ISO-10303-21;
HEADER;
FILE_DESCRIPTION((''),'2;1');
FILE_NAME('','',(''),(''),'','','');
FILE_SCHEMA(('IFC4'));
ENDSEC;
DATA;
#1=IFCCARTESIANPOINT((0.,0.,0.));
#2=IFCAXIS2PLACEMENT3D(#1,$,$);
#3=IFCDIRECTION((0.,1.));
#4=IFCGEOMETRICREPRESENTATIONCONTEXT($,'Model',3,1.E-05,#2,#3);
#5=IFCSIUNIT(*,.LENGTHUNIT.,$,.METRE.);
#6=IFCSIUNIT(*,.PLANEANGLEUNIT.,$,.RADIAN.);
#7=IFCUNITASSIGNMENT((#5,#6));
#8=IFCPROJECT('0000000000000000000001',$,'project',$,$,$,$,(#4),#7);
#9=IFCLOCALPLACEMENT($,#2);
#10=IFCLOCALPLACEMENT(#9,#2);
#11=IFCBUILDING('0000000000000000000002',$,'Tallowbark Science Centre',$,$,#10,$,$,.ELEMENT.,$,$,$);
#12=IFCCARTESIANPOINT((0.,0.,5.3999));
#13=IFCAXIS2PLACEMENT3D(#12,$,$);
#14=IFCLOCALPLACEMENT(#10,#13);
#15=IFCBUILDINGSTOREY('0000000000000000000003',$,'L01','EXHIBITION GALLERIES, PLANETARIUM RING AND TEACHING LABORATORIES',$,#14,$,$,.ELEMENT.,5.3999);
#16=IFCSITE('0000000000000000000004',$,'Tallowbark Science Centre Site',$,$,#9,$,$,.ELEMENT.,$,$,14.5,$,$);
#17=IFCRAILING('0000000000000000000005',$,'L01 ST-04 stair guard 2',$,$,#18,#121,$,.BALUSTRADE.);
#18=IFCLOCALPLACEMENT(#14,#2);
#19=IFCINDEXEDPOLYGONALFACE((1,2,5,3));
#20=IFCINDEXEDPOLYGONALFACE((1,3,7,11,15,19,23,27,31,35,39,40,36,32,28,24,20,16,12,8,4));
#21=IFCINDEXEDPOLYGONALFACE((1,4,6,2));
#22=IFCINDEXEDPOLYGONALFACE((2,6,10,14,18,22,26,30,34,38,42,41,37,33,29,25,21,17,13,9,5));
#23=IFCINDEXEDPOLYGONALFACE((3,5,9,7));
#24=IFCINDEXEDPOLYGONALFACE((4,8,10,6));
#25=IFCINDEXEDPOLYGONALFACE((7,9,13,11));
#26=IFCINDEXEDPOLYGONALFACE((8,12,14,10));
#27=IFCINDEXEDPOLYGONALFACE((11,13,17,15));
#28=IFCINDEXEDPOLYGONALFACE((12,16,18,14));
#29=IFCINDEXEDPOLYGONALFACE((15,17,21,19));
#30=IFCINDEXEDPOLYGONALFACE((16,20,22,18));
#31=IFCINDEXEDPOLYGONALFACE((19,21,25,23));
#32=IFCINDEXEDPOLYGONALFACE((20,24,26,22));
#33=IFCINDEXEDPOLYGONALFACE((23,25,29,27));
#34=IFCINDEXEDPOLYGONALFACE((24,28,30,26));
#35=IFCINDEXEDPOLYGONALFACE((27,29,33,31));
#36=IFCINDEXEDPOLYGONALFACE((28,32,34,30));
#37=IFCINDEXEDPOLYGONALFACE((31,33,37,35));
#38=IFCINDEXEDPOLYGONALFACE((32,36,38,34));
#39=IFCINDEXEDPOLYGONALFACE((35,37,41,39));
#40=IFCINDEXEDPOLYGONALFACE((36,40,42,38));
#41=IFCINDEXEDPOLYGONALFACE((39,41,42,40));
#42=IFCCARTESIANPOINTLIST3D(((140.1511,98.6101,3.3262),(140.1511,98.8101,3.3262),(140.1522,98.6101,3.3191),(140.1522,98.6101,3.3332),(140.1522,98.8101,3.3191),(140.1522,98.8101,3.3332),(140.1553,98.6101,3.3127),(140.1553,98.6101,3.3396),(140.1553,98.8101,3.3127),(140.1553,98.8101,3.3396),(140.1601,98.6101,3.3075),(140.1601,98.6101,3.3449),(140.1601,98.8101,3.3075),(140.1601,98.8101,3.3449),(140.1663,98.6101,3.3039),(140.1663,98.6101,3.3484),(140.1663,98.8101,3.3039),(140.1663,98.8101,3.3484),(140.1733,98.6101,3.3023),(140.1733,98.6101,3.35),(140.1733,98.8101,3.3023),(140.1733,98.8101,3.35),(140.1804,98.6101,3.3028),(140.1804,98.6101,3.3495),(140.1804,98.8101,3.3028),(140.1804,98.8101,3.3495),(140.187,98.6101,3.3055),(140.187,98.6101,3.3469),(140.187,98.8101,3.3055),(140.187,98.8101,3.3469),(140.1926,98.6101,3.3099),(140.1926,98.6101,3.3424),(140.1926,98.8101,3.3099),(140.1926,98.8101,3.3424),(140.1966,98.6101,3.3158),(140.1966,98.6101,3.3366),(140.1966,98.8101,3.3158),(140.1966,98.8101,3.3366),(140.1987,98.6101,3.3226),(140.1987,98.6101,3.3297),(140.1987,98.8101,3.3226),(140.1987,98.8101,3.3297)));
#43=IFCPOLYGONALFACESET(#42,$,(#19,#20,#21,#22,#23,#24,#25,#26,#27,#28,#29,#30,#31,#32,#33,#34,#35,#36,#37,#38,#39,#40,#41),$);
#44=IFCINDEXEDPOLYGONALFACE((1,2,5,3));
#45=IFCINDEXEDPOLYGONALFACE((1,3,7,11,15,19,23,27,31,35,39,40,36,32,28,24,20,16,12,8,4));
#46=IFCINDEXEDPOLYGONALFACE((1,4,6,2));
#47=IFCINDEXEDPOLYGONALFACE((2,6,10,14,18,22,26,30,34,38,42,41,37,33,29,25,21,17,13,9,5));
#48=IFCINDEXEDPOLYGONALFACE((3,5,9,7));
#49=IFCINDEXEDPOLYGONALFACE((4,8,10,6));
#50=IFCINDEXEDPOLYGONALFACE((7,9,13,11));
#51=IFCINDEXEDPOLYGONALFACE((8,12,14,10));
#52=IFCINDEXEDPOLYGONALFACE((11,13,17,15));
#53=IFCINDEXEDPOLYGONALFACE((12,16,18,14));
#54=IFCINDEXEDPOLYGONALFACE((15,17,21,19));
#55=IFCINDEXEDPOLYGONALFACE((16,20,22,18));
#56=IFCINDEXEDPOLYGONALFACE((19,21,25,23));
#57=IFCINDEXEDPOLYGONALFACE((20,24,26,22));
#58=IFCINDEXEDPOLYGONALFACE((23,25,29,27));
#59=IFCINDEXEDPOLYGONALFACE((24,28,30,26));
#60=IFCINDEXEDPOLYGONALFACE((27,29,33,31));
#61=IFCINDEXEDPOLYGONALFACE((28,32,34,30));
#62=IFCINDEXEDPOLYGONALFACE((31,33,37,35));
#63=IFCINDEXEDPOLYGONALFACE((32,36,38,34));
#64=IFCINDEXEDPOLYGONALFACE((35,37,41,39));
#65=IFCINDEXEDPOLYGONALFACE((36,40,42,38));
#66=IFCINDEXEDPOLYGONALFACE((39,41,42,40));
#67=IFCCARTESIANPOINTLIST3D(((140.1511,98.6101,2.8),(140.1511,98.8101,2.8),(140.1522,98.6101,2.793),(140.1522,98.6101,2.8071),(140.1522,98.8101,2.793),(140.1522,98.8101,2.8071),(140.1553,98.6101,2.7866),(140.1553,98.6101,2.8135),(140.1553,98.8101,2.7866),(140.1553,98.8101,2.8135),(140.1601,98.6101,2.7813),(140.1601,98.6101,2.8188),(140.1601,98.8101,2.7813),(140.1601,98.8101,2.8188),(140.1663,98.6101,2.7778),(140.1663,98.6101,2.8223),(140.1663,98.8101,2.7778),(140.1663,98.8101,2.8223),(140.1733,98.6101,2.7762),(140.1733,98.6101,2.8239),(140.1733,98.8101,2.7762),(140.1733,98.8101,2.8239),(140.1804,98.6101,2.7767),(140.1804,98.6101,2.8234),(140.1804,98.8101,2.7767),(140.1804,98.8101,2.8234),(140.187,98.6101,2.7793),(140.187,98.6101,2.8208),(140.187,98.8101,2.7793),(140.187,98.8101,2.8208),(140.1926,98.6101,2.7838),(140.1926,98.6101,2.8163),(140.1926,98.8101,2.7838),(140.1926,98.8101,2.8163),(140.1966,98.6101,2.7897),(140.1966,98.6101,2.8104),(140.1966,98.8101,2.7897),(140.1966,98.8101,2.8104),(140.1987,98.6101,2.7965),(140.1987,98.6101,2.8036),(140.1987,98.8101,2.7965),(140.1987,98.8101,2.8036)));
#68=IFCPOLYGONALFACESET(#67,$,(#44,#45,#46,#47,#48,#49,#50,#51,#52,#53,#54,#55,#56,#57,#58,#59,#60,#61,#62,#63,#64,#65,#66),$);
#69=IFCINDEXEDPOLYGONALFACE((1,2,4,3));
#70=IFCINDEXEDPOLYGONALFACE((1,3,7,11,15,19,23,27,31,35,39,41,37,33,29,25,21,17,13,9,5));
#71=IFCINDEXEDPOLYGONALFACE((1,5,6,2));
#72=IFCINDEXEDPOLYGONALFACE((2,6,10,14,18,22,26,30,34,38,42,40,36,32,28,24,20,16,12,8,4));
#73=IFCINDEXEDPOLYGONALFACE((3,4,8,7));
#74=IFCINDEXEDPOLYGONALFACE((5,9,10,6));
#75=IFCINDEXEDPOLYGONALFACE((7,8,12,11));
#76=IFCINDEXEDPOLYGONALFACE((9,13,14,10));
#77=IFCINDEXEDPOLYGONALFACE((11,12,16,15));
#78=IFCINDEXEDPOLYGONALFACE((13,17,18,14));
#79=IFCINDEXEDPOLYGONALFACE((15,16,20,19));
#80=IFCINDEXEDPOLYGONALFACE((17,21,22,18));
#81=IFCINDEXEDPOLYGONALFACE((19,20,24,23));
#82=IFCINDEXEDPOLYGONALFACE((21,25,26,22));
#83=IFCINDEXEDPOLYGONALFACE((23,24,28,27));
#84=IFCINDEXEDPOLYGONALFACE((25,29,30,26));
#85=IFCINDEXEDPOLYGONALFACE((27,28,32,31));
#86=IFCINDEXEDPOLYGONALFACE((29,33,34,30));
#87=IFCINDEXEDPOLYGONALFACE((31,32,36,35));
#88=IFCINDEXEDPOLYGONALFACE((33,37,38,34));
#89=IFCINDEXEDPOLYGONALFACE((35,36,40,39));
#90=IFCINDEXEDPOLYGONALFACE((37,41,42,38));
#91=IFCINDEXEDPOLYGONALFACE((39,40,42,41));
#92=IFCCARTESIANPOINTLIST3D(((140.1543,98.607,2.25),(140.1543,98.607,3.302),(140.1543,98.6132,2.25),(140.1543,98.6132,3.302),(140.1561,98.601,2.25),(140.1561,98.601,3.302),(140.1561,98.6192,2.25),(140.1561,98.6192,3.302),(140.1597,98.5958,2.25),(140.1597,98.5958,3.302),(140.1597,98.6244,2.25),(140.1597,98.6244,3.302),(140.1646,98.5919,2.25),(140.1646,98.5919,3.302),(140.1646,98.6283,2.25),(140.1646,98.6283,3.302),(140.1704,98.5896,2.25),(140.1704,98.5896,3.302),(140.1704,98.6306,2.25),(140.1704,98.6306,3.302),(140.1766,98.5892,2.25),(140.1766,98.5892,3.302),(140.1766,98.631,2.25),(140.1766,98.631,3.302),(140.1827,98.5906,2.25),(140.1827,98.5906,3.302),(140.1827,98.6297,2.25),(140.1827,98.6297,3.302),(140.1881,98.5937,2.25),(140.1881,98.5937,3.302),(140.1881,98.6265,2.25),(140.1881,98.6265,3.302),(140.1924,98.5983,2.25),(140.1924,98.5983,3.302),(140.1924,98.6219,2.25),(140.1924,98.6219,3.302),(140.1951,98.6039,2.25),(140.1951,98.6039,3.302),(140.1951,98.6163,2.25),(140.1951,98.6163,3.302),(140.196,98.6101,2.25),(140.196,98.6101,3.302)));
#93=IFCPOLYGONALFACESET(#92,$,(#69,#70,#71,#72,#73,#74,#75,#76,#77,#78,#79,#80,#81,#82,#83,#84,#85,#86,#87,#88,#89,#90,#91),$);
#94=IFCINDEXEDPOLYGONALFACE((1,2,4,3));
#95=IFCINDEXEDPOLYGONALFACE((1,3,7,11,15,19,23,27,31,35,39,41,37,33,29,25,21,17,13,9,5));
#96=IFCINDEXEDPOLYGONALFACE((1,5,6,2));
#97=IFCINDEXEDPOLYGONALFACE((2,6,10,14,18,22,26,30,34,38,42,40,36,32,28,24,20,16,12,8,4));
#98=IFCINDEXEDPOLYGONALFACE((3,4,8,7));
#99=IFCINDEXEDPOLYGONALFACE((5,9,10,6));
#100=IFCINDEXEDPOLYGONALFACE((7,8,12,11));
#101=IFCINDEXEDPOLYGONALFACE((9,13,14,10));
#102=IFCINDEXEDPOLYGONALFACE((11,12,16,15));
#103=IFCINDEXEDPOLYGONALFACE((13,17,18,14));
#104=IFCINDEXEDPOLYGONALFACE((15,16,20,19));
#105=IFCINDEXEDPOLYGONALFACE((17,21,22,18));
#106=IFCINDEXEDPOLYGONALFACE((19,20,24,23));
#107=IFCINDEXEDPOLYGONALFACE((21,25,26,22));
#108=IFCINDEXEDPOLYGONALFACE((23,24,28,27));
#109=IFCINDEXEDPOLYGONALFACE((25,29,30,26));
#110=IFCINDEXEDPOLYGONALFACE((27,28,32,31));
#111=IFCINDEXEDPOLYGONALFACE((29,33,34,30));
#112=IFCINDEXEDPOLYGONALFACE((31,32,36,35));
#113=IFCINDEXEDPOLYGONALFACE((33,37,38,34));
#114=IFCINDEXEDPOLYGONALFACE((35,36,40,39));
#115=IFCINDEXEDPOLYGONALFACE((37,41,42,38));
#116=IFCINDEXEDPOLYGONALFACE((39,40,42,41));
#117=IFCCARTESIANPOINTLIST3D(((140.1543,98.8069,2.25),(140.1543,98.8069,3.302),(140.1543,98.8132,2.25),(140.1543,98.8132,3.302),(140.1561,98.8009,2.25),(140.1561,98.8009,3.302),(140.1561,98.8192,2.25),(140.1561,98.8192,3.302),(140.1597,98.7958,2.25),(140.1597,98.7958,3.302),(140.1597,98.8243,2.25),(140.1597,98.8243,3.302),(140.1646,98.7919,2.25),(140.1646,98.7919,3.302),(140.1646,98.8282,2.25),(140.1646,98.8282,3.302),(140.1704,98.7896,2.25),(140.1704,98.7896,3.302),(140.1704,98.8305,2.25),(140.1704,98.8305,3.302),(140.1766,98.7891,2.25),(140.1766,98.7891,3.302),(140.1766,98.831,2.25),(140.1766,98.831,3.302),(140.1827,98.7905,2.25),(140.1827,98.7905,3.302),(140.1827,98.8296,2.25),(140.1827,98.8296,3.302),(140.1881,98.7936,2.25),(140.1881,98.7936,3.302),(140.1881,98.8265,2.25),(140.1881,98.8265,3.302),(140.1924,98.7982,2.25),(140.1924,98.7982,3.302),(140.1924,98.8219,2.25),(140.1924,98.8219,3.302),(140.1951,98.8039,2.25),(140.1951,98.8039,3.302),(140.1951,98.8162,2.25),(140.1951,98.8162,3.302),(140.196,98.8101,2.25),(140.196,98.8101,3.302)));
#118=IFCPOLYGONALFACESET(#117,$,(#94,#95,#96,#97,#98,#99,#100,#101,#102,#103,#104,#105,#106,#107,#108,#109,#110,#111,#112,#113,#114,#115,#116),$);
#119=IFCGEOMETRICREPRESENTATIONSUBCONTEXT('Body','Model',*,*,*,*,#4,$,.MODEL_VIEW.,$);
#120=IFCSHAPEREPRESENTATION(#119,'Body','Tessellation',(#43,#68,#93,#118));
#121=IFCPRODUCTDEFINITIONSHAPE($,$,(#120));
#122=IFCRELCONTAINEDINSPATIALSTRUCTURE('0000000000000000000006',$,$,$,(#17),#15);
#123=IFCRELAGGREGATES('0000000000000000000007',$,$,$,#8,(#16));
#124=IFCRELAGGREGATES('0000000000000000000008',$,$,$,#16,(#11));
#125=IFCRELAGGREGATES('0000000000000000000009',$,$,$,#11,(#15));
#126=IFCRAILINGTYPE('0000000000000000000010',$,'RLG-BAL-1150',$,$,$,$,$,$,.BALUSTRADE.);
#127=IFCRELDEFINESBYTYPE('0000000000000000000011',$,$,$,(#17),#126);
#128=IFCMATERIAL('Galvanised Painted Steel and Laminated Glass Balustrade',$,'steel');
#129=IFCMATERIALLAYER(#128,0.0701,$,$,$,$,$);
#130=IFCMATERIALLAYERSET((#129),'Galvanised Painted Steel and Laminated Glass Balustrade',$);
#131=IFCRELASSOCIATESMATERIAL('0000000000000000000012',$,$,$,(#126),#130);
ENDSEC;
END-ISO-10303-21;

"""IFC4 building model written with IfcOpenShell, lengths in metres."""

from ifc_helpers import new_model, si_unit, direction, frame, origin, origin_2d, place, context, subcontext, project, spatial, circle, extrude, material, layer, layer_set, type_object, element, save


model = new_model("IFC4")

# Units and contexts
model_context = context("Model", 3, precision=1e-05, world=origin(), true_north=direction((0.0, 1.0)))
body_context = subcontext(model_context, "Body", "Model", "MODEL_VIEW")
ifc_project = project(units=[si_unit("LENGTHUNIT", "METRE"), si_unit("PLANEANGLEUNIT", "RADIAN")], contexts=[model_context])

# Site, building, storey
site_placement = place(None, origin())
site = spatial("IfcSite", under=ifc_project, at=site_placement, Name="Tallowbark Science Centre Site", CompositionType="ELEMENT", RefElevation=14.5)
building_placement = place(site_placement, origin())
building = spatial("IfcBuilding", under=site, at=building_placement, Name="Tallowbark Science Centre", CompositionType="ELEMENT")
storey_placement = place(building_placement, frame((0.0, 0.0, 5.3999)))
storey = spatial("IfcBuildingStorey", under=building, at=storey_placement, Name="L01", Description="EXHIBITION GALLERIES, PLANETARIUM RING AND TEACHING LABORATORIES", CompositionType="ELEMENT", Elevation=5.3999)

# Railing
ifc_material_1 = material(Name="Galvanised Painted Steel and Laminated Glass Balustrade", Category="steel")
ifc_layer_1 = layer(ifc_material_1, 0.0701)
ifc_layer_set_1 = layer_set([ifc_layer_1], Name="Galvanised Painted Steel and Laminated Glass Balustrade")
railing_type = type_object("IfcRailingType", Name="RLG-BAL-1150", PredefinedType="BALUSTRADE", material=ifc_layer_set_1)
railing_1_placement = place(storey_placement, frame((140.175, 98.6101, 2.25)))
element("IfcRailing", 1, at=railing_1_placement, inside=storey, type_object=railing_type, Name="L01 ST-04 stair guard 2", PredefinedType="BALUSTRADE", context=body_context, shape_type="SweptSolid", body=[
    extrude(circle(Radius=0.0239, at=origin_2d()), frame((0.0, 0.0, 1.0762), z_axis=(0.0, 1.0, 0.0), x_axis=(-1.0, 0.0, 0.0)), (0.0, 0.0, 1.0), 0.2),
    extrude(circle(Radius=0.0239, at=origin_2d()), frame((0.0, 0.0, 0.55), z_axis=(0.0, 1.0, 0.0), x_axis=(-1.0, 0.0, 0.0)), (0.0, 0.0, 1.0), 0.2),
    extrude(circle(Radius=0.021, at=origin_2d()), origin(), (0.0, 0.0, 1.0), 1.052),
    extrude(circle(Radius=0.021, at=origin_2d()), frame((0.0, 0.2, 0.0)), (0.0, 0.0, 1.0), 1.052),
])

save(model, "model.ifc")
